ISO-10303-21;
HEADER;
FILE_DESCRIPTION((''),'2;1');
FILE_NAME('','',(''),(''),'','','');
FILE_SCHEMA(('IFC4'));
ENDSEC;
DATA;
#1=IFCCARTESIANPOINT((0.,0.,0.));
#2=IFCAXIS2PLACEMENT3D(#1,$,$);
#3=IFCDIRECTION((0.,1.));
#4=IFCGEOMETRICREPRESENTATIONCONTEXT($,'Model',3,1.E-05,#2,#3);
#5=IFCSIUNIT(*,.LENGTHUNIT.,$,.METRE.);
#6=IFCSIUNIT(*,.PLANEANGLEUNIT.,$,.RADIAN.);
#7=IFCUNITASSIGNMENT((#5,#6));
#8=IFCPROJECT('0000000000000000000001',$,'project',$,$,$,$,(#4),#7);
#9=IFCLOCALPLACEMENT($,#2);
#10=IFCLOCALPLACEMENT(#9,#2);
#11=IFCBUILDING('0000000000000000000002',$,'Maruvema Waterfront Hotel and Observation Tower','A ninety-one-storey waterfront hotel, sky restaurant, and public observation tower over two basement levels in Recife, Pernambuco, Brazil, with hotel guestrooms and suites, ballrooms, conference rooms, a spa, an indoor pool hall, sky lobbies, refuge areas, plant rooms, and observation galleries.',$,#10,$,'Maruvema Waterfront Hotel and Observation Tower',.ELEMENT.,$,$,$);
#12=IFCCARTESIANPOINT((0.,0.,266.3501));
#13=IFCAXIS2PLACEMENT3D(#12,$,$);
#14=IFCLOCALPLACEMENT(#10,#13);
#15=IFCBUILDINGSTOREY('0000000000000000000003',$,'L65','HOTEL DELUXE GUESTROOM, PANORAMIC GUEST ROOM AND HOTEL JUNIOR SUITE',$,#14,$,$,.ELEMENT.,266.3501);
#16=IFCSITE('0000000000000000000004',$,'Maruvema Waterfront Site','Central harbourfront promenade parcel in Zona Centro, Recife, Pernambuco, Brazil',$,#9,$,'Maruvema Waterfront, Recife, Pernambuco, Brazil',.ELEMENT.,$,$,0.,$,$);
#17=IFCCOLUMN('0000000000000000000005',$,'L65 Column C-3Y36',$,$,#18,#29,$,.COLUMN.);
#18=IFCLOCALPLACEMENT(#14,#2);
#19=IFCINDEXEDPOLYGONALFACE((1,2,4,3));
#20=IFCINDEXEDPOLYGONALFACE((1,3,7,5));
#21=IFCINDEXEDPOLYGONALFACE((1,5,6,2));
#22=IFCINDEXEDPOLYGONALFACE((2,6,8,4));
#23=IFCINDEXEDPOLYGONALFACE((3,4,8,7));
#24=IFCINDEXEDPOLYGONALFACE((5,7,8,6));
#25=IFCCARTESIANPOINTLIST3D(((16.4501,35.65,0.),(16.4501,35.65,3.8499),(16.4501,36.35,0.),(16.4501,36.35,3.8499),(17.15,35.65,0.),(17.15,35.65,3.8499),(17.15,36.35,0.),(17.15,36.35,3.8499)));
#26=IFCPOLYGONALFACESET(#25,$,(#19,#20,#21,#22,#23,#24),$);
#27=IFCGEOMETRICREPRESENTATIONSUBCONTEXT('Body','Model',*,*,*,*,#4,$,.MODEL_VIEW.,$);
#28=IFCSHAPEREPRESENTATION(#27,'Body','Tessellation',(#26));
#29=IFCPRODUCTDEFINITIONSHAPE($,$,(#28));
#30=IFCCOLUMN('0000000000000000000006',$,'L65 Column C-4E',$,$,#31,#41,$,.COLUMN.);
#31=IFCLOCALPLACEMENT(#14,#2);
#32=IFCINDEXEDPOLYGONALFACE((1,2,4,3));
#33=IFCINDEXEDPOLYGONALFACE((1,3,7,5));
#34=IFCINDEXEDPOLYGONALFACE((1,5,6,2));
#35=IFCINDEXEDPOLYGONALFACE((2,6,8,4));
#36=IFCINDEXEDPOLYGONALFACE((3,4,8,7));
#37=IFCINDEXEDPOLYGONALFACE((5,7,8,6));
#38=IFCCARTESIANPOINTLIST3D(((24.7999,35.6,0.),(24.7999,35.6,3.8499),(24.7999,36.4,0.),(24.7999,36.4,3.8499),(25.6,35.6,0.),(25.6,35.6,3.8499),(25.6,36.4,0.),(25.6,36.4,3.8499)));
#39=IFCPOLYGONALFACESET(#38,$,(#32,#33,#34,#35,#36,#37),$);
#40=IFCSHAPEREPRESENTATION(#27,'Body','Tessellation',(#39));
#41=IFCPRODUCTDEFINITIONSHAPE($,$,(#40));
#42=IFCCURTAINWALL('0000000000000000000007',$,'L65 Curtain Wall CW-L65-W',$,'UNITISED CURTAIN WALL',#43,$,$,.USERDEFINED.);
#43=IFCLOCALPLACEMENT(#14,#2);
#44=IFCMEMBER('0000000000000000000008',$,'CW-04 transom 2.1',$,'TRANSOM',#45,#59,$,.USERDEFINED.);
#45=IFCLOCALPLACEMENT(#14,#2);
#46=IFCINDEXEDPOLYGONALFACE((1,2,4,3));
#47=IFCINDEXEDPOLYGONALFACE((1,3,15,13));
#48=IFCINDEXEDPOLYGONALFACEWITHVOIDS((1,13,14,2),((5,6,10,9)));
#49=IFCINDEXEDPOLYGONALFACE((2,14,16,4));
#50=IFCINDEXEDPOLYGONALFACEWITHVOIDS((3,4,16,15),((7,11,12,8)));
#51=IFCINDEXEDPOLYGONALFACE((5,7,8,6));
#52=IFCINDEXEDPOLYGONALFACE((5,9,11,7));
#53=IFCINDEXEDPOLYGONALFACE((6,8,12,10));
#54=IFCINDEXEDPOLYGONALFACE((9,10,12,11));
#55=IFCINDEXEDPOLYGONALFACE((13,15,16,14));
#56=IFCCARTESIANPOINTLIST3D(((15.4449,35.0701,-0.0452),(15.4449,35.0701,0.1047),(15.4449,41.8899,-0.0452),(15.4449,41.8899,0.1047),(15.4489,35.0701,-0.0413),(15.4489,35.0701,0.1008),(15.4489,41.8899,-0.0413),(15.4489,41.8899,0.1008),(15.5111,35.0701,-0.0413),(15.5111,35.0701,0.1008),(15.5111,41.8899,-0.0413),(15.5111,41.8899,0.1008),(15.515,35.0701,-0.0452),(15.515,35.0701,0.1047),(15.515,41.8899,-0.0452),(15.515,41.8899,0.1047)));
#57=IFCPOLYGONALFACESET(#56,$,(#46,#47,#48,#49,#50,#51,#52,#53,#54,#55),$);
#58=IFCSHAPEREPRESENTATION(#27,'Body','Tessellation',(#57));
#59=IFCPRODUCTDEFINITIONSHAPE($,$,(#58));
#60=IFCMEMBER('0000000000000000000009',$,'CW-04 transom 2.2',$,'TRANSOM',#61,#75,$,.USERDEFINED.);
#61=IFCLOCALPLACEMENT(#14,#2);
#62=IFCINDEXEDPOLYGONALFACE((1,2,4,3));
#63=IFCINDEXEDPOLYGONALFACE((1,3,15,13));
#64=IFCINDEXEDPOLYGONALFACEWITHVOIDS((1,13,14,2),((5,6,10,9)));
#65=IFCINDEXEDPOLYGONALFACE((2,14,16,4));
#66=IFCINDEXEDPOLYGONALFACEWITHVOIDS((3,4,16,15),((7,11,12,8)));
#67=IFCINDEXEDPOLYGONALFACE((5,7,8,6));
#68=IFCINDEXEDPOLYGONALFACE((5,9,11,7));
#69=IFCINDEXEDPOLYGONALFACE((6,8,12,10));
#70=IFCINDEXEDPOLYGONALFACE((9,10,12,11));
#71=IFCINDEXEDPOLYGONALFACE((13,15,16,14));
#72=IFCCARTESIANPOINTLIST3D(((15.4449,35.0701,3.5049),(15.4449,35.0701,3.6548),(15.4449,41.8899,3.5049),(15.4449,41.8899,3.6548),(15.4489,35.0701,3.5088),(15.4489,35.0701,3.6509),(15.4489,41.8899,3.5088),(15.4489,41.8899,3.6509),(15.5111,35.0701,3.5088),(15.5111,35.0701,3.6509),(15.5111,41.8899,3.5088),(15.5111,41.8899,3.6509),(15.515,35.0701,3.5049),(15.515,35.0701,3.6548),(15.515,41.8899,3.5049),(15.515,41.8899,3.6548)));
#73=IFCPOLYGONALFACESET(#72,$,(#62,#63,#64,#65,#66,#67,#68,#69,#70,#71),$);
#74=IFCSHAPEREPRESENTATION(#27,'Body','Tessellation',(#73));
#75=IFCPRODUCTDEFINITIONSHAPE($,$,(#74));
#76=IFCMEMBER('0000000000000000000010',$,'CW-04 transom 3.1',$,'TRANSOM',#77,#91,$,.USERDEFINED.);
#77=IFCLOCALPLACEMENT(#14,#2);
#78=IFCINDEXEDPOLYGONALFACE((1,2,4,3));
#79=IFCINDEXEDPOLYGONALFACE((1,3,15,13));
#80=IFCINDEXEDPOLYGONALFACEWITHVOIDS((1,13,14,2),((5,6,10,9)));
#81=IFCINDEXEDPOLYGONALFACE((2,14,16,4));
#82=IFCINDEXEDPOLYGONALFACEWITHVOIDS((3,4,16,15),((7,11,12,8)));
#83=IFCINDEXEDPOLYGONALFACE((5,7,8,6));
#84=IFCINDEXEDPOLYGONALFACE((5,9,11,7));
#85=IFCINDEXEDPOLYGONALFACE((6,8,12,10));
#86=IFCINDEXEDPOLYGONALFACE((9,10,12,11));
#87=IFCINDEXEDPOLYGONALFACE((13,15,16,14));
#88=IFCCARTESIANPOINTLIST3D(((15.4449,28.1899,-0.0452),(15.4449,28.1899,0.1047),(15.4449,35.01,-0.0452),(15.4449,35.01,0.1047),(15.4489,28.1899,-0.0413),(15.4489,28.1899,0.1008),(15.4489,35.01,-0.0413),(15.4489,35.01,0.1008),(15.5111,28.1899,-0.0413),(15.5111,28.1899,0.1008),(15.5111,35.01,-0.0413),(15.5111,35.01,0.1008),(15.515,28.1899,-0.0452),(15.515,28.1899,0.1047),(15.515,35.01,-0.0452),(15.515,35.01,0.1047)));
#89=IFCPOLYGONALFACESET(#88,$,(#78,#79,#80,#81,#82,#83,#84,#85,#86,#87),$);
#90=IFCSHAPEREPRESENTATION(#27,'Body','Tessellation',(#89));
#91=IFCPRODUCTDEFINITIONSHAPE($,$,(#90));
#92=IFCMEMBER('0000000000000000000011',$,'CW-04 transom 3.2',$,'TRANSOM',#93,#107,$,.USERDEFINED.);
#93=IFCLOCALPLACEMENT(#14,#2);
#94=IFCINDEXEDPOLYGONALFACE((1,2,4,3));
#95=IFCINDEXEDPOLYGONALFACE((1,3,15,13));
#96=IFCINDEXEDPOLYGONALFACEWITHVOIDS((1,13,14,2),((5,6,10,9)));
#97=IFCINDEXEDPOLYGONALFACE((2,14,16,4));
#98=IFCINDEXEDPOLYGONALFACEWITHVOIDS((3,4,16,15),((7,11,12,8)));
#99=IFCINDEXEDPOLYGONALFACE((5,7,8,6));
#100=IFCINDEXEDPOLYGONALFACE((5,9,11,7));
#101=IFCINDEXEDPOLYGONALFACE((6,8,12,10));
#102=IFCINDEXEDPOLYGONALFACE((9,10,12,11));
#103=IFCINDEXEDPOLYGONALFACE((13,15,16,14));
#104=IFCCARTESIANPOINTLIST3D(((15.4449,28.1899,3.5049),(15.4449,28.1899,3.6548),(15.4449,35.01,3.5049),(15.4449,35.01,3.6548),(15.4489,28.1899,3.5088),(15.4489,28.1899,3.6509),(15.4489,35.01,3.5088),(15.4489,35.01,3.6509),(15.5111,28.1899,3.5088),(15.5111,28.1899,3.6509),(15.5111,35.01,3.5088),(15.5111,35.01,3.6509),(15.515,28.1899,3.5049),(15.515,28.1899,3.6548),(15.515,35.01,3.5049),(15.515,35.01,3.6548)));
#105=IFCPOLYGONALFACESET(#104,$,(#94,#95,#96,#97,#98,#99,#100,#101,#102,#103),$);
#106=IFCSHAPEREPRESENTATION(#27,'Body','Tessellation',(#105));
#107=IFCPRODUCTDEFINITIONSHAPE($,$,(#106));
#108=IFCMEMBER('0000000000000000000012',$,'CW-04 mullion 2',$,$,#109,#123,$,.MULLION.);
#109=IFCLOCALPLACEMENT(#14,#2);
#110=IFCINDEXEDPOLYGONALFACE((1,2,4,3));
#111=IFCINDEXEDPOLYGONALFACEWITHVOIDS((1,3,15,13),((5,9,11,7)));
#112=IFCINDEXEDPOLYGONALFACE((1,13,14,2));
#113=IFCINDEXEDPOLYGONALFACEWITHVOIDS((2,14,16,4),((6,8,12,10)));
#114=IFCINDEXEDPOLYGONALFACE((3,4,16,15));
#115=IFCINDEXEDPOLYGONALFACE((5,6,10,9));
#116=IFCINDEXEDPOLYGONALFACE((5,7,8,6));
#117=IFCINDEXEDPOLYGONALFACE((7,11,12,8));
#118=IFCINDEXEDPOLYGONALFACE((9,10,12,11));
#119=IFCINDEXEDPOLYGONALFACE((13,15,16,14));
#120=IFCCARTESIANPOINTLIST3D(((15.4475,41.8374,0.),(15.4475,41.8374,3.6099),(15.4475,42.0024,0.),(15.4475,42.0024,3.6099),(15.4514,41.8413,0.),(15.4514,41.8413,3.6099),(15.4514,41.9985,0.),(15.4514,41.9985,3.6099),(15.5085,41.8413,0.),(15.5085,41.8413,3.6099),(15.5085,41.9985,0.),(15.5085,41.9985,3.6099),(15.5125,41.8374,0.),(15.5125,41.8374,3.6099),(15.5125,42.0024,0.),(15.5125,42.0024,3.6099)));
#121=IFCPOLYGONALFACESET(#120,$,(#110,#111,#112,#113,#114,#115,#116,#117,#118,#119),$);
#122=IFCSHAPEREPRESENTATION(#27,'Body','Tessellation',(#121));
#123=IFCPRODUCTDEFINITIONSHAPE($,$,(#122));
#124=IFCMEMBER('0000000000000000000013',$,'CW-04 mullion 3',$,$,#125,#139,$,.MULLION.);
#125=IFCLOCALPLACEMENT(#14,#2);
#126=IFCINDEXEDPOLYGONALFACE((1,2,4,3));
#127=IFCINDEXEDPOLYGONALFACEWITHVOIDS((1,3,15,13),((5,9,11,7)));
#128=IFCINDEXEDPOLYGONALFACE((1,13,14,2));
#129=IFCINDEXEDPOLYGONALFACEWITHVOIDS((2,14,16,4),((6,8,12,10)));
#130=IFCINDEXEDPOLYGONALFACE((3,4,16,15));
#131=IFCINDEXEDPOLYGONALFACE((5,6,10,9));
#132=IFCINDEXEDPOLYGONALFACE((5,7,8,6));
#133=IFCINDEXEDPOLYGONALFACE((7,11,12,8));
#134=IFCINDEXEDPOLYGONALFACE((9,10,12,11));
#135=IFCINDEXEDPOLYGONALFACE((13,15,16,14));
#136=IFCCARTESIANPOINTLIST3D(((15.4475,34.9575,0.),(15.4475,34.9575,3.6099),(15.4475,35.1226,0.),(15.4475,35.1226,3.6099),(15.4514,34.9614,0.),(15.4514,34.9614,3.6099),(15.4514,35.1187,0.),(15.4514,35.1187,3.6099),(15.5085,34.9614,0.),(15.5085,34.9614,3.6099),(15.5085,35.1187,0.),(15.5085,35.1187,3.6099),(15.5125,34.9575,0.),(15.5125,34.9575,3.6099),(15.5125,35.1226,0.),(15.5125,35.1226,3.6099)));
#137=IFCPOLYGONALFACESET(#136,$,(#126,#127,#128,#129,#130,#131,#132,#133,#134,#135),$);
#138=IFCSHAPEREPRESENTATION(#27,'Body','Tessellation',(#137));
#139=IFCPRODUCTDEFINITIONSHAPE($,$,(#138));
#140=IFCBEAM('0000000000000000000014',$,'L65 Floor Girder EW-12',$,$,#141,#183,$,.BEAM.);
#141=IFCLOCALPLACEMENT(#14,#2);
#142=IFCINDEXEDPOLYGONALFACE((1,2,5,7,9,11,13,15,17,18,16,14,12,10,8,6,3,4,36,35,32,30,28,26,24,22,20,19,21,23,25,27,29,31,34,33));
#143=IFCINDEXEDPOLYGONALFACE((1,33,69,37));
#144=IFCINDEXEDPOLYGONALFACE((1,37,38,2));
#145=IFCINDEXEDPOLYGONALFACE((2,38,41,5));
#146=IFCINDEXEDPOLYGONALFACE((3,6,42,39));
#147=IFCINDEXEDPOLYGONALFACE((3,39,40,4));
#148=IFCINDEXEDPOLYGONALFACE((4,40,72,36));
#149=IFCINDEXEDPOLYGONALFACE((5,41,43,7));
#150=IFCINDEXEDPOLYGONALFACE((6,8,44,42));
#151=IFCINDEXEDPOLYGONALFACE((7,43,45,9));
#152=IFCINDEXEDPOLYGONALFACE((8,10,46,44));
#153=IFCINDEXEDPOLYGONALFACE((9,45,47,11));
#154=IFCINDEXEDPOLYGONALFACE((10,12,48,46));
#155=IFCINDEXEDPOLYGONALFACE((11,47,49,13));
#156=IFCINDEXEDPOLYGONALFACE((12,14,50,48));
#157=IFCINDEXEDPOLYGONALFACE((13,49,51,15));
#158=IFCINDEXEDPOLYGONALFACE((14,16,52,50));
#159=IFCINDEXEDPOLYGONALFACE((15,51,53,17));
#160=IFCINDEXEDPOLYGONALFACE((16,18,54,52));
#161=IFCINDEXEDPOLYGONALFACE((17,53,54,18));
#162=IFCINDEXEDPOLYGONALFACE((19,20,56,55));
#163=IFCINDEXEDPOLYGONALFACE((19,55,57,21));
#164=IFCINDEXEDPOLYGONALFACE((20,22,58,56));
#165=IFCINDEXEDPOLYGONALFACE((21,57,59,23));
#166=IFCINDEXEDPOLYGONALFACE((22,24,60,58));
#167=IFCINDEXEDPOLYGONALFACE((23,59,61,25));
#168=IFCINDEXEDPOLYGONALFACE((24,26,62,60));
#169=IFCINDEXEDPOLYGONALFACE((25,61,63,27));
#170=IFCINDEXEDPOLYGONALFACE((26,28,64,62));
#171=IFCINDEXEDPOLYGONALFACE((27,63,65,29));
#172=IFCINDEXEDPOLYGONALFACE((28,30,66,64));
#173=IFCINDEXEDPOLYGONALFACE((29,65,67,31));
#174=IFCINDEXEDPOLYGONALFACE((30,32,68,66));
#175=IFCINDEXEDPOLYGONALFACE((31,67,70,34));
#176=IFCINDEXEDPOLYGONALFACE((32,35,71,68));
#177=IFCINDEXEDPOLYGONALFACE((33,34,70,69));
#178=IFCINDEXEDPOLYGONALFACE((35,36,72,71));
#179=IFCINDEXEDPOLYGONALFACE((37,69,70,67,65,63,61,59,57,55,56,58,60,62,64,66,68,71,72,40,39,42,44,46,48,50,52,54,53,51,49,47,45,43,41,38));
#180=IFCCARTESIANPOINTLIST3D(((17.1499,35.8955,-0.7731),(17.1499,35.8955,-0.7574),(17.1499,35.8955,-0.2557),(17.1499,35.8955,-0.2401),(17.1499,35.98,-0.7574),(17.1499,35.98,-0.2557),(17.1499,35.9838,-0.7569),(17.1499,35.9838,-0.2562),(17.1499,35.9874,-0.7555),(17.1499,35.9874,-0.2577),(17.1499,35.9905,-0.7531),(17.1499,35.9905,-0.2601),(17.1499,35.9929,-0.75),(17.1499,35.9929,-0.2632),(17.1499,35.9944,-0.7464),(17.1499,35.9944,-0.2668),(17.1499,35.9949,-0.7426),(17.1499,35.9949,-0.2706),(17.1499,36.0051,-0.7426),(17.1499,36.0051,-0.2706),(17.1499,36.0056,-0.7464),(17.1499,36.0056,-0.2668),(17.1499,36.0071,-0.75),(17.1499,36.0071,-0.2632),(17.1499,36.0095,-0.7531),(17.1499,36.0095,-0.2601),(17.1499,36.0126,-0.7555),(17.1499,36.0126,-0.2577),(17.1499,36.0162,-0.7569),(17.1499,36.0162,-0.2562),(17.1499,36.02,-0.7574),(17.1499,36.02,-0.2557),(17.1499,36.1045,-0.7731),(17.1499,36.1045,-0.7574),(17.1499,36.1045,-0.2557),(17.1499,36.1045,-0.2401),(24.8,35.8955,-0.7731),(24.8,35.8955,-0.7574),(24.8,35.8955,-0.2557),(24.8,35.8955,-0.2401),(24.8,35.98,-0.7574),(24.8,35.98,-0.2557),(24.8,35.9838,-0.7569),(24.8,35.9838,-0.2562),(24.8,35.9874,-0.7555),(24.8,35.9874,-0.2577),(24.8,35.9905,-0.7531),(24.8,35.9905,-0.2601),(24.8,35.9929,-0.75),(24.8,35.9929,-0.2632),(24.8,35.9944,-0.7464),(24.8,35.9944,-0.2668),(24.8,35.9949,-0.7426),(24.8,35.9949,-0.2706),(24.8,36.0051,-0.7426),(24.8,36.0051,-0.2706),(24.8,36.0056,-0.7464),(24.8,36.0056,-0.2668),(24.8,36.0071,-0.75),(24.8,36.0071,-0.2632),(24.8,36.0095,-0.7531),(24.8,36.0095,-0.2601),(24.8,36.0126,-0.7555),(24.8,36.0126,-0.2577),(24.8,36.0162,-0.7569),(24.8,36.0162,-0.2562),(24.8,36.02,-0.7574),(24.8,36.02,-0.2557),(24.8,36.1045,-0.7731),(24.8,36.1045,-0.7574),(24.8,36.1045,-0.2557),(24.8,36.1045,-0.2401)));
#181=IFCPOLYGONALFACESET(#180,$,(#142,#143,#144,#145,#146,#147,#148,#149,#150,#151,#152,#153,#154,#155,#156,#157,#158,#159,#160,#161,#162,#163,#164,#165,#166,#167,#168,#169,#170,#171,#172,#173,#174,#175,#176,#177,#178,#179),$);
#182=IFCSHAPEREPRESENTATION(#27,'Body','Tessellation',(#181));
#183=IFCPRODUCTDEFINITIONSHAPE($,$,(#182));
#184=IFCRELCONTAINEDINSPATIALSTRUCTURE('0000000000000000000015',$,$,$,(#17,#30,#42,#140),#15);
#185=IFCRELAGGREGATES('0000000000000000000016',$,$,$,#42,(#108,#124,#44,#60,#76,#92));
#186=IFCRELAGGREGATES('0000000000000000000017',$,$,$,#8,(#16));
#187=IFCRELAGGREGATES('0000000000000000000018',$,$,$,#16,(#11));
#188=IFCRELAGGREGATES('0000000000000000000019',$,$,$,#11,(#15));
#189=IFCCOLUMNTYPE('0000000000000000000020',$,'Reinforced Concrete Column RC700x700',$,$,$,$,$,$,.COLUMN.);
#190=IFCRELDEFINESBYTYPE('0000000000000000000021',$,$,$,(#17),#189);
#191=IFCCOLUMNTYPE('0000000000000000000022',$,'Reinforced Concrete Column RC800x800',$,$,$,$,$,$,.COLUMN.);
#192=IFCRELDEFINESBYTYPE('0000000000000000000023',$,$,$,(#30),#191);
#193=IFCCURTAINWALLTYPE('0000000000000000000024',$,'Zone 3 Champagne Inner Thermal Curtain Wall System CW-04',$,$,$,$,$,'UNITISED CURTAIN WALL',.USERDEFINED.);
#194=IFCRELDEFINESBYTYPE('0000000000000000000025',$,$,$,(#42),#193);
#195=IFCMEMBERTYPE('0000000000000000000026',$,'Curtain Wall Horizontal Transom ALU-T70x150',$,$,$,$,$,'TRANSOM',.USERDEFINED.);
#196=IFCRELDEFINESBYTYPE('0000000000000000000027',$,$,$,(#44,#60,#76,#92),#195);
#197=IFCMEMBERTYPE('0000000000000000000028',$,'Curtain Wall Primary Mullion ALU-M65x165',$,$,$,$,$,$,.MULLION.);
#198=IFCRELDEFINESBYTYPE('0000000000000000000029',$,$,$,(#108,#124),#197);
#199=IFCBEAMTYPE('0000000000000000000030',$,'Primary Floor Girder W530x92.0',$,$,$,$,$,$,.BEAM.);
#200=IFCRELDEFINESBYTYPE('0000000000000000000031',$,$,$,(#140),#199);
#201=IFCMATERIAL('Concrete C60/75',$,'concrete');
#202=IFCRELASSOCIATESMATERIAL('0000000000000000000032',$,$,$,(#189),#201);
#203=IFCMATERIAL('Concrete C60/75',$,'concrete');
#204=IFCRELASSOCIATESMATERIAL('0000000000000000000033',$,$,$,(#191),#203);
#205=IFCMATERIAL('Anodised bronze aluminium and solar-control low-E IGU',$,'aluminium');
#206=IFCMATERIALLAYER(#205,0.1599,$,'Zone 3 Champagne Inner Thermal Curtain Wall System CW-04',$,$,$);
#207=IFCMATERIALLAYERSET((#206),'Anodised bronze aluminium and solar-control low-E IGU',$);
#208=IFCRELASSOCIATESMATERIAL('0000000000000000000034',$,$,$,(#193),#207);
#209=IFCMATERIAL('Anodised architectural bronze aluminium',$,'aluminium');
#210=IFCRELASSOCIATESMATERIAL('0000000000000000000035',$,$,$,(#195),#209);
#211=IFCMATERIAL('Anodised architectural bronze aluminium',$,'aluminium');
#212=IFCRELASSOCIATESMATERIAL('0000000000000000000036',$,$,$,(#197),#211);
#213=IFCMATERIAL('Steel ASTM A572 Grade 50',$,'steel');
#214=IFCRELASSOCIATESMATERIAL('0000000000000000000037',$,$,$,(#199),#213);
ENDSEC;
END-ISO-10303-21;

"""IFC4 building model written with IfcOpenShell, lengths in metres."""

from ifc_helpers import new_model, si_unit, direction, frame, origin, origin_2d, place, context, subcontext, project, spatial, rectangle, hollow_rectangle, i_section, extrude, material, layer, layer_set, material_profile, profile_set, type_object, element, aggregate, save


model = new_model("IFC4")

# Units and contexts
model_context = context("Model", 3, precision=1e-05, world=origin(), true_north=direction((0.0, 1.0)))
body_context = subcontext(model_context, "Body", "Model", "MODEL_VIEW")
ifc_project = project(units=[si_unit("LENGTHUNIT", "METRE"), si_unit("PLANEANGLEUNIT", "RADIAN")], contexts=[model_context])

# Site, building, storey
site_placement = place(None, origin())
site = spatial("IfcSite", under=ifc_project, at=site_placement, Name="Maruvema Waterfront Site", Description="Central harbourfront promenade parcel in Zona Centro, Recife, Pernambuco, Brazil", LongName="Maruvema Waterfront, Recife, Pernambuco, Brazil", CompositionType="ELEMENT", RefElevation=0.0)
building_placement = place(site_placement, origin())
building = spatial("IfcBuilding", under=site, at=building_placement, Name="Maruvema Waterfront Hotel and Observation Tower", Description="A ninety-one-storey waterfront hotel, sky restaurant, and public observation tower over two basement levels in Recife, Pernambuco, Brazil, with hotel guestrooms and suites, ballrooms, conference rooms, a spa, an indoor pool hall, sky lobbies, refuge areas, plant rooms, and observation galleries.", LongName="Maruvema Waterfront Hotel and Observation Tower", CompositionType="ELEMENT")
storey_placement = place(building_placement, frame((0.0, 0.0, 266.3501)))
storey = spatial("IfcBuildingStorey", under=building, at=storey_placement, Name="L65", Description="HOTEL DELUXE GUESTROOM, PANORAMIC GUEST ROOM AND HOTEL JUNIOR SUITE", CompositionType="ELEMENT", Elevation=266.3501)

# Columns
ifc_material_1 = material(Name="Concrete C60/75", Category="concrete")
ifc_material_profile_1 = material_profile(ifc_material_1, rectangle(XDim=0.7, YDim=0.7, at=origin_2d()), Name="RC700x700")
ifc_profile_set_1 = profile_set([ifc_material_profile_1], Name="Concrete C60/75")
column_type_1 = type_object("IfcColumnType", Name="Reinforced Concrete Column RC700x700", PredefinedType="COLUMN", material=ifc_profile_set_1)
column_1_placement = place(storey_placement, frame((16.8, 36.0, 0.0), z_axis=(0.0, 0.0, 1.0), x_axis=(1.0, 0.0, 0.0)))
element("IfcColumn", 1, at=column_1_placement, inside=storey, type_object=column_type_1, Name="L65 Column C-3Y36", PredefinedType="COLUMN", context=body_context, shape_type="SweptSolid", body=[
    extrude(rectangle(XDim=0.7, YDim=0.7, at=origin_2d()), origin(), (0.0, 0.0, 1.0), 3.8499),
])
ifc_material_2 = material(Name="Concrete C60/75", Category="concrete")
ifc_material_profile_2 = material_profile(ifc_material_2, rectangle(XDim=0.8, YDim=0.8, at=origin_2d()), Name="RC800x800")
ifc_profile_set_2 = profile_set([ifc_material_profile_2], Name="Concrete C60/75")
column_type_2 = type_object("IfcColumnType", Name="Reinforced Concrete Column RC800x800", PredefinedType="COLUMN", material=ifc_profile_set_2)
column_2_placement = place(storey_placement, frame((25.2, 36.0, 0.0), z_axis=(0.0, 0.0, 1.0), x_axis=(1.0, 0.0, 0.0)))
element("IfcColumn", 2, at=column_2_placement, inside=storey, type_object=column_type_2, Name="L65 Column C-4E", PredefinedType="COLUMN", context=body_context, shape_type="SweptSolid", body=[
    extrude(rectangle(XDim=0.8, YDim=0.8, at=origin_2d()), origin(), (0.0, 0.0, 1.0), 3.8499),
])

# Curtain wall, members
ifc_material_3 = material(Name="Anodised bronze aluminium and solar-control low-E IGU", Category="aluminium")
ifc_layer_1 = layer(ifc_material_3, 0.1599, Name="Zone 3 Champagne Inner Thermal Curtain Wall System CW-04")
ifc_layer_set_1 = layer_set([ifc_layer_1], Name="Anodised bronze aluminium and solar-control low-E IGU")
curtain_wall_type = type_object("IfcCurtainWallType", Name="Zone 3 Champagne Inner Thermal Curtain Wall System CW-04", ElementType="UNITISED CURTAIN WALL", PredefinedType="USERDEFINED", material=ifc_layer_set_1)
curtain_wall_placement = place(storey_placement, origin())
curtain_wall = element("IfcCurtainWall", 3, at=curtain_wall_placement, inside=storey, type_object=curtain_wall_type, Name="L65 Curtain Wall CW-L65-W", ObjectType="UNITISED CURTAIN WALL", PredefinedType="USERDEFINED")
ifc_material_4 = material(Name="Anodised architectural bronze aluminium", Category="aluminium")
ifc_material_profile_3 = material_profile(ifc_material_4, hollow_rectangle(XDim=0.0701, YDim=0.1499, WallThickness=0.0039, at=origin_2d()), Name="ALU-T70x150")
ifc_profile_set_3 = profile_set([ifc_material_profile_3], Name="Anodised architectural bronze aluminium")
member_type_1 = type_object("IfcMemberType", Name="Curtain Wall Horizontal Transom ALU-T70x150", ElementType="TRANSOM", PredefinedType="USERDEFINED", material=ifc_profile_set_3)
member_1_placement = place(storey_placement, frame((15.48, 41.8899, 0.0298), z_axis=(0.0, -1.0, 0.0), x_axis=(1.0, 0.0, 0.0)))
member_1 = element("IfcMember", 4, at=member_1_placement, type_object=member_type_1, Name="CW-04 transom 2.1", ObjectType="TRANSOM", PredefinedType="USERDEFINED", context=body_context, shape_type="SweptSolid", body=[
    extrude(hollow_rectangle(XDim=0.0701, YDim=0.1499, WallThickness=0.0039, at=origin_2d()), origin(), (0.0, 0.0, 1.0), 6.8198),
])
member_2_placement = place(storey_placement, frame((15.48, 41.8899, 3.5798), z_axis=(0.0, -1.0, 0.0), x_axis=(1.0, 0.0, 0.0)))
member_2 = element("IfcMember", 5, at=member_2_placement, type_object=member_type_1, Name="CW-04 transom 2.2", ObjectType="TRANSOM", PredefinedType="USERDEFINED", context=body_context, shape_type="SweptSolid", body=[
    extrude(hollow_rectangle(XDim=0.0701, YDim=0.1499, WallThickness=0.0039, at=origin_2d()), origin(), (0.0, 0.0, 1.0), 6.8198),
])
member_3_placement = place(storey_placement, frame((15.48, 35.01, 0.0298), z_axis=(0.0, -1.0, 0.0), x_axis=(1.0, 0.0, 0.0)))
member_3 = element("IfcMember", 6, at=member_3_placement, type_object=member_type_1, Name="CW-04 transom 3.1", ObjectType="TRANSOM", PredefinedType="USERDEFINED", context=body_context, shape_type="SweptSolid", body=[
    extrude(hollow_rectangle(XDim=0.0701, YDim=0.1499, WallThickness=0.0039, at=origin_2d()), origin(), (0.0, 0.0, 1.0), 6.8201),
])
member_4_placement = place(storey_placement, frame((15.48, 35.01, 3.5798), z_axis=(0.0, -1.0, 0.0), x_axis=(1.0, 0.0, 0.0)))
member_4 = element("IfcMember", 7, at=member_4_placement, type_object=member_type_1, Name="CW-04 transom 3.2", ObjectType="TRANSOM", PredefinedType="USERDEFINED", context=body_context, shape_type="SweptSolid", body=[
    extrude(hollow_rectangle(XDim=0.0701, YDim=0.1499, WallThickness=0.0039, at=origin_2d()), origin(), (0.0, 0.0, 1.0), 6.8201),
])
ifc_material_5 = material(Name="Anodised architectural bronze aluminium", Category="aluminium")
ifc_material_profile_4 = material_profile(ifc_material_5, hollow_rectangle(XDim=0.0649, YDim=0.165, WallThickness=0.0039, at=origin_2d()), Name="ALU-M65x165")
ifc_profile_set_4 = profile_set([ifc_material_profile_4], Name="Anodised architectural bronze aluminium")
member_type_2 = type_object("IfcMemberType", Name="Curtain Wall Primary Mullion ALU-M65x165", PredefinedType="MULLION", material=ifc_profile_set_4)
member_5_placement = place(storey_placement, frame((15.48, 41.9199, 0.0), z_axis=(0.0, 0.0, 1.0), x_axis=(1.0, 0.0, 0.0)))
member_5 = element("IfcMember", 8, at=member_5_placement, type_object=member_type_2, Name="CW-04 mullion 2", PredefinedType="MULLION", context=body_context, shape_type="SweptSolid", body=[
    extrude(hollow_rectangle(XDim=0.0649, YDim=0.165, WallThickness=0.0039, at=origin_2d()), origin(), (0.0, 0.0, 1.0), 3.6099),
])
member_6_placement = place(storey_placement, frame((15.48, 35.04, 0.0), z_axis=(0.0, 0.0, 1.0), x_axis=(1.0, 0.0, 0.0)))
member_6 = element("IfcMember", 9, at=member_6_placement, type_object=member_type_2, Name="CW-04 mullion 3", PredefinedType="MULLION", context=body_context, shape_type="SweptSolid", body=[
    extrude(hollow_rectangle(XDim=0.0649, YDim=0.165, WallThickness=0.0039, at=origin_2d()), origin(), (0.0, 0.0, 1.0), 3.6099),
])

# Beam
ifc_material_6 = material(Name="Steel ASTM A572 Grade 50", Category="steel")
ifc_material_profile_5 = material_profile(ifc_material_6, i_section(OverallWidth=0.209, OverallDepth=0.533, WebThickness=0.0103, FlangeThickness=0.0156, FilletRadius=0.0149, at=origin_2d()), Name="W530x92.0")
ifc_profile_set_5 = profile_set([ifc_material_profile_5], Name="Steel ASTM A572 Grade 50")
beam_type_1 = type_object("IfcBeamType", Name="Primary Floor Girder W530x92.0", PredefinedType="BEAM", material=ifc_profile_set_5)
beam_1_placement = place(storey_placement, frame((17.1499, 36.0, -0.5066), z_axis=(1.0, 0.0, 0.0), x_axis=(0.0, 1.0, 0.0)))
element("IfcBeam", 10, at=beam_1_placement, inside=storey, type_object=beam_type_1, Name="L65 Floor Girder EW-12", PredefinedType="BEAM", context=body_context, shape_type="SweptSolid", body=[
    extrude(i_section(OverallWidth=0.209, OverallDepth=0.533, WebThickness=0.0103, FlangeThickness=0.0156, FilletRadius=0.0149, at=origin_2d()), origin(), (0.0, 0.0, 1.0), 7.6501),
])

aggregate(curtain_wall, [member_5, member_6, member_1, member_2, member_3, member_4])

save(model, "model.ifc")
